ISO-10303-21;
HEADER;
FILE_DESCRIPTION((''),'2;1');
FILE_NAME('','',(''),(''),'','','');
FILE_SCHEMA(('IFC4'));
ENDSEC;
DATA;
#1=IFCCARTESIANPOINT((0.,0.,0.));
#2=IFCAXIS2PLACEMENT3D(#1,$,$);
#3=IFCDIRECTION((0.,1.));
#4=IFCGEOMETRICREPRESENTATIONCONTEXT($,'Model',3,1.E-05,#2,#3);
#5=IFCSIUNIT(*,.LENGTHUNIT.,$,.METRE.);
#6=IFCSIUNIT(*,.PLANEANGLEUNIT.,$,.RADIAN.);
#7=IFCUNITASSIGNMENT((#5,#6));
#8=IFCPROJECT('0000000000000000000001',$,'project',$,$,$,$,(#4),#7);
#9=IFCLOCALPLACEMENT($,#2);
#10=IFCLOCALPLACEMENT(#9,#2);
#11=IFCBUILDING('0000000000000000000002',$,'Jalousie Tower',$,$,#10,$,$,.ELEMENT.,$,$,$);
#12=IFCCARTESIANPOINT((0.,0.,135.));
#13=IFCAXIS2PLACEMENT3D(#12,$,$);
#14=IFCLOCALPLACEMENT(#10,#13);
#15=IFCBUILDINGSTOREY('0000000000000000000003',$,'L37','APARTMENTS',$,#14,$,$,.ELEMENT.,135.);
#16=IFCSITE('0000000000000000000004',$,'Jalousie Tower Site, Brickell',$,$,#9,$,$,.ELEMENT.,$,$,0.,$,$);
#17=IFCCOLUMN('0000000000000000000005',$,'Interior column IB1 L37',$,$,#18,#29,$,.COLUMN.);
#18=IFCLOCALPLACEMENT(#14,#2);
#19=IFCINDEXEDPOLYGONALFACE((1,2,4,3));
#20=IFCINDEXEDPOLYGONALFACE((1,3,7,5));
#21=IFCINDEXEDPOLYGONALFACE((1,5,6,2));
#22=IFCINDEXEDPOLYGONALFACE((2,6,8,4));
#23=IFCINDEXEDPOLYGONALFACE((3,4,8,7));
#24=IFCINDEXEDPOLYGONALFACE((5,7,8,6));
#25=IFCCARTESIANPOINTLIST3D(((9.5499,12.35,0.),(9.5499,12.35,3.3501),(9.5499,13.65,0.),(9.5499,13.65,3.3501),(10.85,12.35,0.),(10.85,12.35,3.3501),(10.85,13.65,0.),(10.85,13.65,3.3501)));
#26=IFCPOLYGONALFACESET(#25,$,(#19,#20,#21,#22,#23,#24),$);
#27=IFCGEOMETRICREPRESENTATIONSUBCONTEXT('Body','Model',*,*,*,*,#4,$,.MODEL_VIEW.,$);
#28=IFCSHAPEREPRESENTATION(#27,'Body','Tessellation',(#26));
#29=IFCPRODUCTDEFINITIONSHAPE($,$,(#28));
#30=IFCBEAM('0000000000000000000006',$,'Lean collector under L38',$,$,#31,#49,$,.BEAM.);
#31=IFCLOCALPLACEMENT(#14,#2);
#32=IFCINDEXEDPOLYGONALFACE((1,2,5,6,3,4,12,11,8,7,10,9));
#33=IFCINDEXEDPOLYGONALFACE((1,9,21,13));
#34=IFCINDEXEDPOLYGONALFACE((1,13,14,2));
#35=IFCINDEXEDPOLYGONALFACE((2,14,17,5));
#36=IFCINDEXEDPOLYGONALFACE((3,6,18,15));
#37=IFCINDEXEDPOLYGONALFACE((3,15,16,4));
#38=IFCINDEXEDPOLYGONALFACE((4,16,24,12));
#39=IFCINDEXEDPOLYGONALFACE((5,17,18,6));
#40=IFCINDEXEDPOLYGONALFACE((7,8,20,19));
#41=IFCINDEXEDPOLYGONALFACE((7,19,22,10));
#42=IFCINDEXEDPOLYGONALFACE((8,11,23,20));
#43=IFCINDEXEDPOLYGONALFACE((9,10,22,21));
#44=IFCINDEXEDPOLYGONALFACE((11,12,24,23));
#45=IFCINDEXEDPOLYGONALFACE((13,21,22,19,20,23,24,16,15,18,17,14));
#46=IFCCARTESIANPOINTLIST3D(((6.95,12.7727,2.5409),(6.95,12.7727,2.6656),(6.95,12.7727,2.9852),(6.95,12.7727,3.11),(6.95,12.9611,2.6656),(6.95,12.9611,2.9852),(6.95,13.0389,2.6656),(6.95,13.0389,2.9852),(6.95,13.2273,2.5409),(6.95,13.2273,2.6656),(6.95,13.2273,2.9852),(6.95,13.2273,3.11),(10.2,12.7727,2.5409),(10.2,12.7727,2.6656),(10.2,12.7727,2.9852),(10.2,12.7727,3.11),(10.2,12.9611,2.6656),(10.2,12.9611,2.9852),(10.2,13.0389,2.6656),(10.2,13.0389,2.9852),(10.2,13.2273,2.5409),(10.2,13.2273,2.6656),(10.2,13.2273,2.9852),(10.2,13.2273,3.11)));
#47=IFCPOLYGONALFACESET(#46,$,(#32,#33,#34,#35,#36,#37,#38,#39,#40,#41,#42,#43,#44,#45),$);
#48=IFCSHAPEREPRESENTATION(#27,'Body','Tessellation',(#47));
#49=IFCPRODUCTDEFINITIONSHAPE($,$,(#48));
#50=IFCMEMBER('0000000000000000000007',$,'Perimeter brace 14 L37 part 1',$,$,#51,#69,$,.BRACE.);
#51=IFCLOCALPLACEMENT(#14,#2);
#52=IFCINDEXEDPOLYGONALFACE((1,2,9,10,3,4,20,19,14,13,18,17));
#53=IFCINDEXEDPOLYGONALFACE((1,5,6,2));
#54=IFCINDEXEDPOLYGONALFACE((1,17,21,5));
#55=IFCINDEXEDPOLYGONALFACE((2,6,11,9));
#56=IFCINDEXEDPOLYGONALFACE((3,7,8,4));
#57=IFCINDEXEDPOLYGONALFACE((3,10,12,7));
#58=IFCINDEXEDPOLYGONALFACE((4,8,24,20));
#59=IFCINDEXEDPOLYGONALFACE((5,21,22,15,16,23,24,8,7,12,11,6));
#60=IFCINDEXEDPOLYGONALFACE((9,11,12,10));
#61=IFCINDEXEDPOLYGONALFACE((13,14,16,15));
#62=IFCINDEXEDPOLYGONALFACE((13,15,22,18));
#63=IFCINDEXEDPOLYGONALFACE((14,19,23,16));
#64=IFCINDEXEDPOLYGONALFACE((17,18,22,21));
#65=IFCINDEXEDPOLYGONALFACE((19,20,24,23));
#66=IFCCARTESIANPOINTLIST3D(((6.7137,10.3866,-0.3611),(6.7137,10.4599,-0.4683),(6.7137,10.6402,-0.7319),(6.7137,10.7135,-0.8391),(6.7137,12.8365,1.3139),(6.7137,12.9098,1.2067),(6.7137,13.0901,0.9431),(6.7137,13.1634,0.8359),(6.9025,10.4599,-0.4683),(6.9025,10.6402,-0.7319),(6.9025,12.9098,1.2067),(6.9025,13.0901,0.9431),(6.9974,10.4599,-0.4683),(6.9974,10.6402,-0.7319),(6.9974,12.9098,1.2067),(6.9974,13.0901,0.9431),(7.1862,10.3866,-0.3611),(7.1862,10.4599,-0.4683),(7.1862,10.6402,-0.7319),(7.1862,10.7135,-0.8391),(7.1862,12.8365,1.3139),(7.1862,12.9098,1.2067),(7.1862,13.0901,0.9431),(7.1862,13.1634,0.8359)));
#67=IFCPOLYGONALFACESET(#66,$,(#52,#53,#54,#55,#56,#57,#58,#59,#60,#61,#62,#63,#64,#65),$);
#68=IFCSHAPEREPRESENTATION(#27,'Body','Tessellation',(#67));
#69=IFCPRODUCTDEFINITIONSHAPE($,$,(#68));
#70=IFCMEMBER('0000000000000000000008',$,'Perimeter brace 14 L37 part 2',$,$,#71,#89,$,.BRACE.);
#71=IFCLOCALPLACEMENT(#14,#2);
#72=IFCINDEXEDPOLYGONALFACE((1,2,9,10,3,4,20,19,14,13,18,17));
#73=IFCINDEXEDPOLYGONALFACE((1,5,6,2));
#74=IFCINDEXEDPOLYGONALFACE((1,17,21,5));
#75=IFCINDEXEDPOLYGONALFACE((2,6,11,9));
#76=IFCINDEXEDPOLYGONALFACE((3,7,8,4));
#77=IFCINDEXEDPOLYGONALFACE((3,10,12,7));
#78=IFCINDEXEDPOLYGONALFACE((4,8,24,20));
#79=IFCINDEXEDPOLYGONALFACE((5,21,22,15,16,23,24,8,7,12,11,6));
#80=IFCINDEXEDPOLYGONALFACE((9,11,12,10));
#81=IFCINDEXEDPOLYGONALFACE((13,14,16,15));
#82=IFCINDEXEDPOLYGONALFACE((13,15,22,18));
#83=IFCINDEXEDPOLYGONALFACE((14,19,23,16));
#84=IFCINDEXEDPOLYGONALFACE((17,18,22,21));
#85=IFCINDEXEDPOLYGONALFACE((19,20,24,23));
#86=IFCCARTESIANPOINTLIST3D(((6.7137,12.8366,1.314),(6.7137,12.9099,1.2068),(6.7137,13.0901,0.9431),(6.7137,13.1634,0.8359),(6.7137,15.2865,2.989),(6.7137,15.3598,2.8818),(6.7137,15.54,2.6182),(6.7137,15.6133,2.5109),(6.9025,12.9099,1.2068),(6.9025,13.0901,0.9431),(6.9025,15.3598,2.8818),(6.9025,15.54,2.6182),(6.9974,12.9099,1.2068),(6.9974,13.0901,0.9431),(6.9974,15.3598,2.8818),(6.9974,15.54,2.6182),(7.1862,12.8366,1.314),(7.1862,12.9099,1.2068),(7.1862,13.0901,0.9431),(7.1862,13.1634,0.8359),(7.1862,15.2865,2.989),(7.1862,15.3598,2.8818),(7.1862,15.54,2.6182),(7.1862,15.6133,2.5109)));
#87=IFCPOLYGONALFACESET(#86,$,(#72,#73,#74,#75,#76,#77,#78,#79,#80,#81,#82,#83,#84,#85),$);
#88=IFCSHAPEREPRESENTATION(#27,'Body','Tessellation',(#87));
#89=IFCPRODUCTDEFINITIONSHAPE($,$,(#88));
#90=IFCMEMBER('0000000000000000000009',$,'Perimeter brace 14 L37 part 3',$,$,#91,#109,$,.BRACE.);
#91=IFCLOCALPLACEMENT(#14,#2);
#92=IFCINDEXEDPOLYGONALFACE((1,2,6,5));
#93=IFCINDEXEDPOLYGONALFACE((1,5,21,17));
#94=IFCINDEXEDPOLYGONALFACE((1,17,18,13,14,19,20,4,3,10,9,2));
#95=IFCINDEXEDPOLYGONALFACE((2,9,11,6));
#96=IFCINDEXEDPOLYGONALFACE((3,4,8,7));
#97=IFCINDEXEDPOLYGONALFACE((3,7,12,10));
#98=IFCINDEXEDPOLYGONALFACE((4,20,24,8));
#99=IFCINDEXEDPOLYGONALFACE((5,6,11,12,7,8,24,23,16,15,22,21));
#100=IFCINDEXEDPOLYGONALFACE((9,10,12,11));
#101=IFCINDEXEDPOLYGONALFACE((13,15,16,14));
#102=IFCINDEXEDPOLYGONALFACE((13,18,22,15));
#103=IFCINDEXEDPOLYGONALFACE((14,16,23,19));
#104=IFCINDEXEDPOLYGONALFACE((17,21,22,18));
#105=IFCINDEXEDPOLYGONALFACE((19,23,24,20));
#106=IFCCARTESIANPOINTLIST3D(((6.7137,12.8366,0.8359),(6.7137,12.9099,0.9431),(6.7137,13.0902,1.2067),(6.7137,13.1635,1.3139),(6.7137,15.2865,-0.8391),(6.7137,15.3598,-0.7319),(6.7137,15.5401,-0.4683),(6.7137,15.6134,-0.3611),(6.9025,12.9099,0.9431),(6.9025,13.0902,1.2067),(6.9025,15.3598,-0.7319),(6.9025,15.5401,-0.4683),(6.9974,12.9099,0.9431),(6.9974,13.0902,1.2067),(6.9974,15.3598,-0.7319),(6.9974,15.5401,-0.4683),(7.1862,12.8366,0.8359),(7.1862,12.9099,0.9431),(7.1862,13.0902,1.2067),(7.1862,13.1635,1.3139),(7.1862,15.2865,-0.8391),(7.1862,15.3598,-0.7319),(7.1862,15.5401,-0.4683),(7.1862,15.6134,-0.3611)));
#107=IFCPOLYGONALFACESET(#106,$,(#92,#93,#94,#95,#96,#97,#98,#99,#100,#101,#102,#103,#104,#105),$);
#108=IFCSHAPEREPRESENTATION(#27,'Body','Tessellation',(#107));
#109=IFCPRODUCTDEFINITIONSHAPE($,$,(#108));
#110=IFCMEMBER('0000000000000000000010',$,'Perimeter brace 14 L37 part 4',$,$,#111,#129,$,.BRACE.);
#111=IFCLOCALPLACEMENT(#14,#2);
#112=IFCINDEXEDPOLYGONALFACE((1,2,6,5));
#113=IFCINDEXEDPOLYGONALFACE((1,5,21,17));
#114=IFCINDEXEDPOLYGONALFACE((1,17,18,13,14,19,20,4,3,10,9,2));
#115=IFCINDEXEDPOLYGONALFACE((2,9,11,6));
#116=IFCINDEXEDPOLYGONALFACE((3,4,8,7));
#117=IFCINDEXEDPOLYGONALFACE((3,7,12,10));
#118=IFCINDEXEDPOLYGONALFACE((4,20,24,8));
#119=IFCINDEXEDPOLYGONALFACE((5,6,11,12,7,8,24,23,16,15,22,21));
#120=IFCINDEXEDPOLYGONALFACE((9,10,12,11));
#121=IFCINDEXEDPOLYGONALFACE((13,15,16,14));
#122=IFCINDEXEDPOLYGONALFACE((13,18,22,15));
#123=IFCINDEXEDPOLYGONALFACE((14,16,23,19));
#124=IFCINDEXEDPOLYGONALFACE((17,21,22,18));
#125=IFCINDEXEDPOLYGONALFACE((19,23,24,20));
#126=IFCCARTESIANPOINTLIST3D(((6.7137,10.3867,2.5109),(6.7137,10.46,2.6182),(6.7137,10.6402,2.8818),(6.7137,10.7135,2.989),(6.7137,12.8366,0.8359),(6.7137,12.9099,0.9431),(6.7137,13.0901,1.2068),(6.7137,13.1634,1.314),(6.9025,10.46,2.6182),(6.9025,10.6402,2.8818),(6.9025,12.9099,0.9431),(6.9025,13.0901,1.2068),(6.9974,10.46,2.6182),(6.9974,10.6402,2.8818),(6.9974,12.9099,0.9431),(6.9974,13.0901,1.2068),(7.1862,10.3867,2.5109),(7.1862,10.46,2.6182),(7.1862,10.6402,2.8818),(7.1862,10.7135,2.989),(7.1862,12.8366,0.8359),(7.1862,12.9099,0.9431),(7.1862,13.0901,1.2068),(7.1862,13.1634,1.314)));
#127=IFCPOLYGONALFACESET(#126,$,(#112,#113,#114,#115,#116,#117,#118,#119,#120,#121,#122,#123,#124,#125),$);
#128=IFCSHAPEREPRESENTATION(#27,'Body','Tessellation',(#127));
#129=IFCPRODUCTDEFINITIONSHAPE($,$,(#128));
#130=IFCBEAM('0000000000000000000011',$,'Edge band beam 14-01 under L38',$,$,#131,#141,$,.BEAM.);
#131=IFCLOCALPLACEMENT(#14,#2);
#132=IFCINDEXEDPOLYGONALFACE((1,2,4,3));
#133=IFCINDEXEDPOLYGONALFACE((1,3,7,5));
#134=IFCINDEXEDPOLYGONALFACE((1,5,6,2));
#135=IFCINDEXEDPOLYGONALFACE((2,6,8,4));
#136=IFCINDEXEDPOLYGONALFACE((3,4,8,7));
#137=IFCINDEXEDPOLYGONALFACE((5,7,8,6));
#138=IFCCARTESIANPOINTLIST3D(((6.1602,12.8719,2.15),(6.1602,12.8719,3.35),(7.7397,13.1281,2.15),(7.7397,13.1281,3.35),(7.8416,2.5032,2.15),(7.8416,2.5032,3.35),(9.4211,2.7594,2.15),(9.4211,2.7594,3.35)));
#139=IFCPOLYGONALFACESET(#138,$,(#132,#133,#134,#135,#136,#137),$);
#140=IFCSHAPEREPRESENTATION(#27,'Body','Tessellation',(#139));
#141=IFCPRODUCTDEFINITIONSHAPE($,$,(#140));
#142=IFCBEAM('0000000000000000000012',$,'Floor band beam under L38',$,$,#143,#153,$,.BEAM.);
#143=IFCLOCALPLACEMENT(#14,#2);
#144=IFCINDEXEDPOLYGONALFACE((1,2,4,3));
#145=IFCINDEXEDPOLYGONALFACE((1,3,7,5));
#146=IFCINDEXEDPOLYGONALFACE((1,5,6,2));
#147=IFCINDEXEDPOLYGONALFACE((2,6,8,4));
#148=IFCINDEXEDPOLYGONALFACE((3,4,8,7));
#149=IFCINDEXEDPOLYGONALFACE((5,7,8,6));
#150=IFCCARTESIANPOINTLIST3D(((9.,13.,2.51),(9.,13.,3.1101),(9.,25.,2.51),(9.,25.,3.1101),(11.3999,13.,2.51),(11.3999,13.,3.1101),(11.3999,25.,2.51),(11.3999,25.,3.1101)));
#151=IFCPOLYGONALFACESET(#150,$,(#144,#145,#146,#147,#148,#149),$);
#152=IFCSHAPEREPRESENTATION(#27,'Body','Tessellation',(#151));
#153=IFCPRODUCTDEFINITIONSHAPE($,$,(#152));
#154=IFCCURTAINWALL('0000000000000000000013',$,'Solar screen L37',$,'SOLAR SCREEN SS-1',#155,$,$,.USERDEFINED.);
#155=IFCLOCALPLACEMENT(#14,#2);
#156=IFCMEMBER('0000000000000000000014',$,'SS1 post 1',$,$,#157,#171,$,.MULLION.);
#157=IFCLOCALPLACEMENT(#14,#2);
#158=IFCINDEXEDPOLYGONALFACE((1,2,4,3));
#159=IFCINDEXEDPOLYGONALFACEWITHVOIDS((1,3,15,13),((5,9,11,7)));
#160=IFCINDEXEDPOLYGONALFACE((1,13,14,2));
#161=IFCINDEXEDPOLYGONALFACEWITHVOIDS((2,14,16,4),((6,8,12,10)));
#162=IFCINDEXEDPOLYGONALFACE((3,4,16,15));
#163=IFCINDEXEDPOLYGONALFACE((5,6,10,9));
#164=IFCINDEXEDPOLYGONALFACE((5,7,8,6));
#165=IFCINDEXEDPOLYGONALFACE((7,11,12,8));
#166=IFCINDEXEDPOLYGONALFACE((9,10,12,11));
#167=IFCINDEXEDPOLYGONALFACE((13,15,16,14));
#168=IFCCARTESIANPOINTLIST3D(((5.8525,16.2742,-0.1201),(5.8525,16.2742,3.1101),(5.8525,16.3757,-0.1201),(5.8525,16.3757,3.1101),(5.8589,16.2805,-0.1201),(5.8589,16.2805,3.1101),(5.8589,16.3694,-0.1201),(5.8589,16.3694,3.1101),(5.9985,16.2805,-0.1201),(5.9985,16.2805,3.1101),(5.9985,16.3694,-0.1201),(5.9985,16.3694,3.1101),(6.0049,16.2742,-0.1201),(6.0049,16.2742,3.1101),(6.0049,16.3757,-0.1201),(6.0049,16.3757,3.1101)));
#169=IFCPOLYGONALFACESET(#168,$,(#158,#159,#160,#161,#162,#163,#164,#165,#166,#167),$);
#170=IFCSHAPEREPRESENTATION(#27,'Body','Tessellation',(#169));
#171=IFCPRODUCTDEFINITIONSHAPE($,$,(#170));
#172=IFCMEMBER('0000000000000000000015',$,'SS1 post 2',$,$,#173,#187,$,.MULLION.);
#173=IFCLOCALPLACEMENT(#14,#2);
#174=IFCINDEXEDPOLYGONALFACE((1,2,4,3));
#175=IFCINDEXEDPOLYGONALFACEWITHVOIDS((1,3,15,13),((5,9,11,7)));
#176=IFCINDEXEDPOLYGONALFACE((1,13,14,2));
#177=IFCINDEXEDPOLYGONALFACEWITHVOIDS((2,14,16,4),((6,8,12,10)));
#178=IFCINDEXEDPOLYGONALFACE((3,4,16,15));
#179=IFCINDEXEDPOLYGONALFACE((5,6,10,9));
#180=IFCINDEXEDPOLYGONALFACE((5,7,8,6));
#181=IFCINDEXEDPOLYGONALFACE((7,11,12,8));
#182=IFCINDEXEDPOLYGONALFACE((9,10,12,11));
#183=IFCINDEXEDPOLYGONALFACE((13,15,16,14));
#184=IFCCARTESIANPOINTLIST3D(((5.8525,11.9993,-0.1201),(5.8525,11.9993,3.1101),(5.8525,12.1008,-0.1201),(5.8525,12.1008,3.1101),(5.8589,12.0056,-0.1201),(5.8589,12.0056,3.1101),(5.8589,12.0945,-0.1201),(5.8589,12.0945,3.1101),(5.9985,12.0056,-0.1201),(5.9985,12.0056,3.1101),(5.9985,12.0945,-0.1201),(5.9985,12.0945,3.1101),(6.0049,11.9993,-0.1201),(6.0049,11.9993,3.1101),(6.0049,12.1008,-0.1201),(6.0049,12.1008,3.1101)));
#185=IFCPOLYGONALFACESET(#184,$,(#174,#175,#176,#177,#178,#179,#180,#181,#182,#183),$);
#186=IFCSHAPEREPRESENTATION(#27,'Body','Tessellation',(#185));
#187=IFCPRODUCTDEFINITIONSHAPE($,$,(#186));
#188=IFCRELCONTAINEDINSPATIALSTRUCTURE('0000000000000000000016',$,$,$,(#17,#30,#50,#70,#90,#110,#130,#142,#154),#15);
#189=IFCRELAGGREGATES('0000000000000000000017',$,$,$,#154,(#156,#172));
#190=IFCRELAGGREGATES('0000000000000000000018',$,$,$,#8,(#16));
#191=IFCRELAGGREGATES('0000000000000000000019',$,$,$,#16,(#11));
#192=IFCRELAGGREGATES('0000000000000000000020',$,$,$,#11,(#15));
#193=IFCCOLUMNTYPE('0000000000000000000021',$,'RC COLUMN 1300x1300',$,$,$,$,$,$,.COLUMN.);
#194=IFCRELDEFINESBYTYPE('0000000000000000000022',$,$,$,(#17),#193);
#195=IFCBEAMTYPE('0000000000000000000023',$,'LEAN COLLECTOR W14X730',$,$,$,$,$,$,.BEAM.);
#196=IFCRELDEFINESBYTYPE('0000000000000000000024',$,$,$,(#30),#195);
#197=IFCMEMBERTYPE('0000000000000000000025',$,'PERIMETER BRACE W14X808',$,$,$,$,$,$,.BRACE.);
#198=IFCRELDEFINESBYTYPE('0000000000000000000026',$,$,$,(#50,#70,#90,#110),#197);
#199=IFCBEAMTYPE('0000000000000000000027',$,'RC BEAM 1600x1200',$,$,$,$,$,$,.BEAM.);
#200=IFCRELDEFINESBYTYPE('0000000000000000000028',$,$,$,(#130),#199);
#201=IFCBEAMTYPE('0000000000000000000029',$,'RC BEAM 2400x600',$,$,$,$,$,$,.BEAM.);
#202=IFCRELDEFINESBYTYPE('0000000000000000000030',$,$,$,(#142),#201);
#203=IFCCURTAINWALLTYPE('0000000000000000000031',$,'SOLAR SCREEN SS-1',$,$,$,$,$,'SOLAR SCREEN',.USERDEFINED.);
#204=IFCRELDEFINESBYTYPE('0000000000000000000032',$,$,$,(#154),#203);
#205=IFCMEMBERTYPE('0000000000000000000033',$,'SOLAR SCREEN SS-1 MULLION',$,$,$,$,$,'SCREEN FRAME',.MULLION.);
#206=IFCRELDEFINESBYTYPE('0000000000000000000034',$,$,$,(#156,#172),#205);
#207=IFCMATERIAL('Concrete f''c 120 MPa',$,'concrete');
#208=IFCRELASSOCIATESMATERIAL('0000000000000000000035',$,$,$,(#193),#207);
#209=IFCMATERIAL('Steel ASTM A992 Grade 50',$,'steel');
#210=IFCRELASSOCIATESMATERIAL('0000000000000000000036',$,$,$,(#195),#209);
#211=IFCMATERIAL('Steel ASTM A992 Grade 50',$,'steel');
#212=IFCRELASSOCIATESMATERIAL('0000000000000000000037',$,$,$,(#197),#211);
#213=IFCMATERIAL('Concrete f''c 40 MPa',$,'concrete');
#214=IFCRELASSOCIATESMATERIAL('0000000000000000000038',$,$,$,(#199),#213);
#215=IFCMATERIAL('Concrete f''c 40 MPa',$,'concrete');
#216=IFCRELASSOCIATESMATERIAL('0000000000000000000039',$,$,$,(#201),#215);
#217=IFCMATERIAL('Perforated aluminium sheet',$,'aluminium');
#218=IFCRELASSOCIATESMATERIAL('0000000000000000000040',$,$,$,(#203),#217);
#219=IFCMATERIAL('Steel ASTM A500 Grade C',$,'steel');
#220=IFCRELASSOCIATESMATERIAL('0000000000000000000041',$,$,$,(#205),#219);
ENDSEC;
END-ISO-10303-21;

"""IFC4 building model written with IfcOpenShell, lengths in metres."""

from ifc_helpers import new_model, si_unit, direction, frame, origin, origin_2d, place, context, subcontext, project, spatial, rectangle, hollow_rectangle, i_section, extrude, material, material_profile, profile_set, type_object, element, aggregate, save


model = new_model("IFC4")

# Units and contexts
model_context = context("Model", 3, precision=1e-05, world=origin(), true_north=direction((0.0, 1.0)))
body_context = subcontext(model_context, "Body", "Model", "MODEL_VIEW")
ifc_project = project(units=[si_unit("LENGTHUNIT", "METRE"), si_unit("PLANEANGLEUNIT", "RADIAN")], contexts=[model_context])

# Site, building, storey
site_placement = place(None, origin())
site = spatial("IfcSite", under=ifc_project, at=site_placement, Name="Jalousie Tower Site, Brickell", CompositionType="ELEMENT", RefElevation=0.0)
building_placement = place(site_placement, origin())
building = spatial("IfcBuilding", under=site, at=building_placement, Name="Jalousie Tower", CompositionType="ELEMENT")
storey_placement = place(building_placement, frame((0.0, 0.0, 135.0)))
storey = spatial("IfcBuildingStorey", under=building, at=storey_placement, Name="L37", Description="APARTMENTS", CompositionType="ELEMENT", Elevation=135.0)

# Column
ifc_material_1 = material(Name="Concrete f'c 120 MPa", Category="concrete")
ifc_material_profile_1 = material_profile(ifc_material_1, rectangle(XDim=1.3, YDim=1.3, at=origin_2d()), Name="RC 1300x1300")
ifc_profile_set_1 = profile_set([ifc_material_profile_1], Name="Concrete f'c 120 MPa")
column_type = type_object("IfcColumnType", Name="RC COLUMN 1300x1300", PredefinedType="COLUMN", material=ifc_profile_set_1)
column_placement = place(storey_placement, frame((10.2, 13.0, 0.0), z_axis=(0.0, 0.0, 1.0), x_axis=(1.0, 0.0, 0.0)))
element("IfcColumn", 1, at=column_placement, inside=storey, type_object=column_type, Name="Interior column IB1 L37", PredefinedType="COLUMN", context=body_context, shape_type="SweptSolid", body=[
    extrude(rectangle(XDim=1.3, YDim=1.3, at=origin_2d()), origin(), (0.0, 0.0, 1.0), 3.3501),
])

# Beam
ifc_material_2 = material(Name="Steel ASTM A992 Grade 50", Category="steel")
ifc_material_profile_2 = material_profile(ifc_material_2, i_section(OverallWidth=0.4546, OverallDepth=0.5691, WebThickness=0.0779, FlangeThickness=0.1248, at=origin_2d()), Name="W14X730")
ifc_profile_set_2 = profile_set([ifc_material_profile_2], Name="Steel ASTM A992 Grade 50")
beam_type_1 = type_object("IfcBeamType", Name="LEAN COLLECTOR W14X730", PredefinedType="BEAM", material=ifc_profile_set_2)
beam_1_placement = place(storey_placement, frame((6.95, 13.0, 2.8254), z_axis=(1.0, 0.0, 0.0), x_axis=(0.0, 1.0, 0.0)))
element("IfcBeam", 2, at=beam_1_placement, inside=storey, type_object=beam_type_1, Name="Lean collector under L38", PredefinedType="BEAM", context=body_context, shape_type="SweptSolid", body=[
    extrude(i_section(OverallWidth=0.4546, OverallDepth=0.5691, WebThickness=0.0779, FlangeThickness=0.1248, at=origin_2d()), origin(), (0.0, 0.0, 1.0), 3.25),
])

# Members
ifc_material_3 = material(Name="Steel ASTM A992 Grade 50", Category="steel")
ifc_material_profile_3 = material_profile(ifc_material_3, i_section(OverallWidth=0.4724, OverallDepth=0.5791, WebThickness=0.095, FlangeThickness=0.1299, at=origin_2d()), Name="W14X808")
ifc_profile_set_3 = profile_set([ifc_material_profile_3], Name="Steel ASTM A992 Grade 50")
member_type_1 = type_object("IfcMemberType", Name="PERIMETER BRACE W14X808", PredefinedType="BRACE", material=ifc_profile_set_3)
for number, where, z_axis, x_axis, name in (
    (3, (6.95, 10.55, -0.6001), (0.0, 0.825501, 0.564401), (-1.0, 0.0, 0.0), "Perimeter brace 14 L37 part 1"),
    (4, (6.95, 13.0, 1.075), (0.0, 0.825501, 0.564401), (-1.0, 0.0, 0.0), "Perimeter brace 14 L37 part 2"),
    (5, (6.95, 15.45, -0.6001), (0.0, -0.825501, 0.564401), (1.0, 0.0, 0.0), "Perimeter brace 14 L37 part 3"),
    (6, (6.95, 13.0, 1.075), (0.0, -0.825501, 0.564401), (1.0, 0.0, 0.0), "Perimeter brace 14 L37 part 4"),
):
    element("IfcMember", number, at=place(storey_placement, frame(where, z_axis=z_axis, x_axis=x_axis)), inside=storey, type_object=member_type_1, Name=name, PredefinedType="BRACE", context=body_context, shape_type="SweptSolid", body=[
        extrude(i_section(OverallWidth=0.4724, OverallDepth=0.5791, WebThickness=0.095, FlangeThickness=0.1299, at=origin_2d()), origin(), (0.0, 0.0, 1.0), 2.9678),
    ])

# Beams
ifc_material_4 = material(Name="Concrete f'c 40 MPa", Category="concrete")
ifc_material_profile_4 = material_profile(ifc_material_4, rectangle(XDim=1.6001, YDim=1.2, at=origin_2d()), Name="RC 1600x1200")
ifc_profile_set_4 = profile_set([ifc_material_profile_4], Name="Concrete f'c 40 MPa")
beam_type_2 = type_object("IfcBeamType", Name="RC BEAM 1600x1200", PredefinedType="BEAM", material=ifc_profile_set_4)
beam_2_placement = place(storey_placement, frame((6.95, 13.0, 2.75), z_axis=(0.160071, -0.987106, 0.0), x_axis=(0.987106, 0.160071, 0.0)))
element("IfcBeam", 7, at=beam_2_placement, inside=storey, type_object=beam_type_2, Name="Edge band beam 14-01 under L38", PredefinedType="BEAM", context=body_context, shape_type="SweptSolid", body=[
    extrude(rectangle(XDim=1.6001, YDim=1.2, at=origin_2d()), origin(), (0.0, 0.0, 1.0), 10.5042),
])
ifc_material_5 = material(Name="Concrete f'c 40 MPa", Category="concrete")
ifc_material_profile_5 = material_profile(ifc_material_5, rectangle(XDim=2.3999, YDim=0.6001, at=origin_2d()), Name="RC 2400x600")
ifc_profile_set_5 = profile_set([ifc_material_profile_5], Name="Concrete f'c 40 MPa")
beam_type_3 = type_object("IfcBeamType", Name="RC BEAM 2400x600", PredefinedType="BEAM", material=ifc_profile_set_5)
beam_3_placement = place(storey_placement, frame((10.2, 13.0, 2.8101), z_axis=(0.0, 1.0, 0.0), x_axis=(-1.0, 0.0, 0.0)))
element("IfcBeam", 8, at=beam_3_placement, inside=storey, type_object=beam_type_3, Name="Floor band beam under L38", PredefinedType="BEAM", context=body_context, shape_type="SweptSolid", body=[
    extrude(rectangle(XDim=2.3999, YDim=0.6001, at=origin_2d()), origin(), (0.0, 0.0, 1.0), 12.0),
])

# Curtain wall, members
ifc_material_6 = material(Name="Perforated aluminium sheet", Category="aluminium")
curtain_wall_type = type_object("IfcCurtainWallType", Name="SOLAR SCREEN SS-1", ElementType="SOLAR SCREEN", PredefinedType="USERDEFINED", material=ifc_material_6)
curtain_wall_1_placement = place(storey_placement, origin())
curtain_wall_1 = element("IfcCurtainWall", 9, at=curtain_wall_1_placement, inside=storey, type_object=curtain_wall_type, Name="Solar screen L37", ObjectType="SOLAR SCREEN SS-1", PredefinedType="USERDEFINED")
ifc_material_7 = material(Name="Steel ASTM A500 Grade C", Category="steel")
ifc_material_profile_6 = material_profile(ifc_material_7, hollow_rectangle(XDim=0.1016, YDim=0.1523, WallThickness=0.0063, at=origin_2d()), Name="HSS6X4X1/4")
ifc_profile_set_6 = profile_set([ifc_material_profile_6], Name="Steel ASTM A500 Grade C")
member_type_2 = type_object("IfcMemberType", Name="SOLAR SCREEN SS-1 MULLION", ElementType="SCREEN FRAME", PredefinedType="MULLION", material=ifc_profile_set_6)
member_1_placement = place(storey_placement, frame((5.9287, 16.325, -0.1201), z_axis=(0.0, 0.0, 1.0), x_axis=(0.0, -1.0, 0.0)))
member_1 = element("IfcMember", 10, at=member_1_placement, type_object=member_type_2, Name="SS1 post 1", PredefinedType="MULLION", context=body_context, shape_type="SweptSolid", body=[
    extrude(hollow_rectangle(XDim=0.1016, YDim=0.1523, WallThickness=0.0063, at=origin_2d()), origin(), (0.0, 0.0, 1.0), 3.2302),
])
member_2_placement = place(storey_placement, frame((5.9287, 12.05, -0.1201), z_axis=(0.0, 0.0, 1.0), x_axis=(0.0, -1.0, 0.0)))
member_2 = element("IfcMember", 11, at=member_2_placement, type_object=member_type_2, Name="SS1 post 2", PredefinedType="MULLION", context=body_context, shape_type="SweptSolid", body=[
    extrude(hollow_rectangle(XDim=0.1016, YDim=0.1523, WallThickness=0.0063, at=origin_2d()), origin(), (0.0, 0.0, 1.0), 3.2302),
])

aggregate(curtain_wall_1, [member_1, member_2])

save(model, "model.ifc")
